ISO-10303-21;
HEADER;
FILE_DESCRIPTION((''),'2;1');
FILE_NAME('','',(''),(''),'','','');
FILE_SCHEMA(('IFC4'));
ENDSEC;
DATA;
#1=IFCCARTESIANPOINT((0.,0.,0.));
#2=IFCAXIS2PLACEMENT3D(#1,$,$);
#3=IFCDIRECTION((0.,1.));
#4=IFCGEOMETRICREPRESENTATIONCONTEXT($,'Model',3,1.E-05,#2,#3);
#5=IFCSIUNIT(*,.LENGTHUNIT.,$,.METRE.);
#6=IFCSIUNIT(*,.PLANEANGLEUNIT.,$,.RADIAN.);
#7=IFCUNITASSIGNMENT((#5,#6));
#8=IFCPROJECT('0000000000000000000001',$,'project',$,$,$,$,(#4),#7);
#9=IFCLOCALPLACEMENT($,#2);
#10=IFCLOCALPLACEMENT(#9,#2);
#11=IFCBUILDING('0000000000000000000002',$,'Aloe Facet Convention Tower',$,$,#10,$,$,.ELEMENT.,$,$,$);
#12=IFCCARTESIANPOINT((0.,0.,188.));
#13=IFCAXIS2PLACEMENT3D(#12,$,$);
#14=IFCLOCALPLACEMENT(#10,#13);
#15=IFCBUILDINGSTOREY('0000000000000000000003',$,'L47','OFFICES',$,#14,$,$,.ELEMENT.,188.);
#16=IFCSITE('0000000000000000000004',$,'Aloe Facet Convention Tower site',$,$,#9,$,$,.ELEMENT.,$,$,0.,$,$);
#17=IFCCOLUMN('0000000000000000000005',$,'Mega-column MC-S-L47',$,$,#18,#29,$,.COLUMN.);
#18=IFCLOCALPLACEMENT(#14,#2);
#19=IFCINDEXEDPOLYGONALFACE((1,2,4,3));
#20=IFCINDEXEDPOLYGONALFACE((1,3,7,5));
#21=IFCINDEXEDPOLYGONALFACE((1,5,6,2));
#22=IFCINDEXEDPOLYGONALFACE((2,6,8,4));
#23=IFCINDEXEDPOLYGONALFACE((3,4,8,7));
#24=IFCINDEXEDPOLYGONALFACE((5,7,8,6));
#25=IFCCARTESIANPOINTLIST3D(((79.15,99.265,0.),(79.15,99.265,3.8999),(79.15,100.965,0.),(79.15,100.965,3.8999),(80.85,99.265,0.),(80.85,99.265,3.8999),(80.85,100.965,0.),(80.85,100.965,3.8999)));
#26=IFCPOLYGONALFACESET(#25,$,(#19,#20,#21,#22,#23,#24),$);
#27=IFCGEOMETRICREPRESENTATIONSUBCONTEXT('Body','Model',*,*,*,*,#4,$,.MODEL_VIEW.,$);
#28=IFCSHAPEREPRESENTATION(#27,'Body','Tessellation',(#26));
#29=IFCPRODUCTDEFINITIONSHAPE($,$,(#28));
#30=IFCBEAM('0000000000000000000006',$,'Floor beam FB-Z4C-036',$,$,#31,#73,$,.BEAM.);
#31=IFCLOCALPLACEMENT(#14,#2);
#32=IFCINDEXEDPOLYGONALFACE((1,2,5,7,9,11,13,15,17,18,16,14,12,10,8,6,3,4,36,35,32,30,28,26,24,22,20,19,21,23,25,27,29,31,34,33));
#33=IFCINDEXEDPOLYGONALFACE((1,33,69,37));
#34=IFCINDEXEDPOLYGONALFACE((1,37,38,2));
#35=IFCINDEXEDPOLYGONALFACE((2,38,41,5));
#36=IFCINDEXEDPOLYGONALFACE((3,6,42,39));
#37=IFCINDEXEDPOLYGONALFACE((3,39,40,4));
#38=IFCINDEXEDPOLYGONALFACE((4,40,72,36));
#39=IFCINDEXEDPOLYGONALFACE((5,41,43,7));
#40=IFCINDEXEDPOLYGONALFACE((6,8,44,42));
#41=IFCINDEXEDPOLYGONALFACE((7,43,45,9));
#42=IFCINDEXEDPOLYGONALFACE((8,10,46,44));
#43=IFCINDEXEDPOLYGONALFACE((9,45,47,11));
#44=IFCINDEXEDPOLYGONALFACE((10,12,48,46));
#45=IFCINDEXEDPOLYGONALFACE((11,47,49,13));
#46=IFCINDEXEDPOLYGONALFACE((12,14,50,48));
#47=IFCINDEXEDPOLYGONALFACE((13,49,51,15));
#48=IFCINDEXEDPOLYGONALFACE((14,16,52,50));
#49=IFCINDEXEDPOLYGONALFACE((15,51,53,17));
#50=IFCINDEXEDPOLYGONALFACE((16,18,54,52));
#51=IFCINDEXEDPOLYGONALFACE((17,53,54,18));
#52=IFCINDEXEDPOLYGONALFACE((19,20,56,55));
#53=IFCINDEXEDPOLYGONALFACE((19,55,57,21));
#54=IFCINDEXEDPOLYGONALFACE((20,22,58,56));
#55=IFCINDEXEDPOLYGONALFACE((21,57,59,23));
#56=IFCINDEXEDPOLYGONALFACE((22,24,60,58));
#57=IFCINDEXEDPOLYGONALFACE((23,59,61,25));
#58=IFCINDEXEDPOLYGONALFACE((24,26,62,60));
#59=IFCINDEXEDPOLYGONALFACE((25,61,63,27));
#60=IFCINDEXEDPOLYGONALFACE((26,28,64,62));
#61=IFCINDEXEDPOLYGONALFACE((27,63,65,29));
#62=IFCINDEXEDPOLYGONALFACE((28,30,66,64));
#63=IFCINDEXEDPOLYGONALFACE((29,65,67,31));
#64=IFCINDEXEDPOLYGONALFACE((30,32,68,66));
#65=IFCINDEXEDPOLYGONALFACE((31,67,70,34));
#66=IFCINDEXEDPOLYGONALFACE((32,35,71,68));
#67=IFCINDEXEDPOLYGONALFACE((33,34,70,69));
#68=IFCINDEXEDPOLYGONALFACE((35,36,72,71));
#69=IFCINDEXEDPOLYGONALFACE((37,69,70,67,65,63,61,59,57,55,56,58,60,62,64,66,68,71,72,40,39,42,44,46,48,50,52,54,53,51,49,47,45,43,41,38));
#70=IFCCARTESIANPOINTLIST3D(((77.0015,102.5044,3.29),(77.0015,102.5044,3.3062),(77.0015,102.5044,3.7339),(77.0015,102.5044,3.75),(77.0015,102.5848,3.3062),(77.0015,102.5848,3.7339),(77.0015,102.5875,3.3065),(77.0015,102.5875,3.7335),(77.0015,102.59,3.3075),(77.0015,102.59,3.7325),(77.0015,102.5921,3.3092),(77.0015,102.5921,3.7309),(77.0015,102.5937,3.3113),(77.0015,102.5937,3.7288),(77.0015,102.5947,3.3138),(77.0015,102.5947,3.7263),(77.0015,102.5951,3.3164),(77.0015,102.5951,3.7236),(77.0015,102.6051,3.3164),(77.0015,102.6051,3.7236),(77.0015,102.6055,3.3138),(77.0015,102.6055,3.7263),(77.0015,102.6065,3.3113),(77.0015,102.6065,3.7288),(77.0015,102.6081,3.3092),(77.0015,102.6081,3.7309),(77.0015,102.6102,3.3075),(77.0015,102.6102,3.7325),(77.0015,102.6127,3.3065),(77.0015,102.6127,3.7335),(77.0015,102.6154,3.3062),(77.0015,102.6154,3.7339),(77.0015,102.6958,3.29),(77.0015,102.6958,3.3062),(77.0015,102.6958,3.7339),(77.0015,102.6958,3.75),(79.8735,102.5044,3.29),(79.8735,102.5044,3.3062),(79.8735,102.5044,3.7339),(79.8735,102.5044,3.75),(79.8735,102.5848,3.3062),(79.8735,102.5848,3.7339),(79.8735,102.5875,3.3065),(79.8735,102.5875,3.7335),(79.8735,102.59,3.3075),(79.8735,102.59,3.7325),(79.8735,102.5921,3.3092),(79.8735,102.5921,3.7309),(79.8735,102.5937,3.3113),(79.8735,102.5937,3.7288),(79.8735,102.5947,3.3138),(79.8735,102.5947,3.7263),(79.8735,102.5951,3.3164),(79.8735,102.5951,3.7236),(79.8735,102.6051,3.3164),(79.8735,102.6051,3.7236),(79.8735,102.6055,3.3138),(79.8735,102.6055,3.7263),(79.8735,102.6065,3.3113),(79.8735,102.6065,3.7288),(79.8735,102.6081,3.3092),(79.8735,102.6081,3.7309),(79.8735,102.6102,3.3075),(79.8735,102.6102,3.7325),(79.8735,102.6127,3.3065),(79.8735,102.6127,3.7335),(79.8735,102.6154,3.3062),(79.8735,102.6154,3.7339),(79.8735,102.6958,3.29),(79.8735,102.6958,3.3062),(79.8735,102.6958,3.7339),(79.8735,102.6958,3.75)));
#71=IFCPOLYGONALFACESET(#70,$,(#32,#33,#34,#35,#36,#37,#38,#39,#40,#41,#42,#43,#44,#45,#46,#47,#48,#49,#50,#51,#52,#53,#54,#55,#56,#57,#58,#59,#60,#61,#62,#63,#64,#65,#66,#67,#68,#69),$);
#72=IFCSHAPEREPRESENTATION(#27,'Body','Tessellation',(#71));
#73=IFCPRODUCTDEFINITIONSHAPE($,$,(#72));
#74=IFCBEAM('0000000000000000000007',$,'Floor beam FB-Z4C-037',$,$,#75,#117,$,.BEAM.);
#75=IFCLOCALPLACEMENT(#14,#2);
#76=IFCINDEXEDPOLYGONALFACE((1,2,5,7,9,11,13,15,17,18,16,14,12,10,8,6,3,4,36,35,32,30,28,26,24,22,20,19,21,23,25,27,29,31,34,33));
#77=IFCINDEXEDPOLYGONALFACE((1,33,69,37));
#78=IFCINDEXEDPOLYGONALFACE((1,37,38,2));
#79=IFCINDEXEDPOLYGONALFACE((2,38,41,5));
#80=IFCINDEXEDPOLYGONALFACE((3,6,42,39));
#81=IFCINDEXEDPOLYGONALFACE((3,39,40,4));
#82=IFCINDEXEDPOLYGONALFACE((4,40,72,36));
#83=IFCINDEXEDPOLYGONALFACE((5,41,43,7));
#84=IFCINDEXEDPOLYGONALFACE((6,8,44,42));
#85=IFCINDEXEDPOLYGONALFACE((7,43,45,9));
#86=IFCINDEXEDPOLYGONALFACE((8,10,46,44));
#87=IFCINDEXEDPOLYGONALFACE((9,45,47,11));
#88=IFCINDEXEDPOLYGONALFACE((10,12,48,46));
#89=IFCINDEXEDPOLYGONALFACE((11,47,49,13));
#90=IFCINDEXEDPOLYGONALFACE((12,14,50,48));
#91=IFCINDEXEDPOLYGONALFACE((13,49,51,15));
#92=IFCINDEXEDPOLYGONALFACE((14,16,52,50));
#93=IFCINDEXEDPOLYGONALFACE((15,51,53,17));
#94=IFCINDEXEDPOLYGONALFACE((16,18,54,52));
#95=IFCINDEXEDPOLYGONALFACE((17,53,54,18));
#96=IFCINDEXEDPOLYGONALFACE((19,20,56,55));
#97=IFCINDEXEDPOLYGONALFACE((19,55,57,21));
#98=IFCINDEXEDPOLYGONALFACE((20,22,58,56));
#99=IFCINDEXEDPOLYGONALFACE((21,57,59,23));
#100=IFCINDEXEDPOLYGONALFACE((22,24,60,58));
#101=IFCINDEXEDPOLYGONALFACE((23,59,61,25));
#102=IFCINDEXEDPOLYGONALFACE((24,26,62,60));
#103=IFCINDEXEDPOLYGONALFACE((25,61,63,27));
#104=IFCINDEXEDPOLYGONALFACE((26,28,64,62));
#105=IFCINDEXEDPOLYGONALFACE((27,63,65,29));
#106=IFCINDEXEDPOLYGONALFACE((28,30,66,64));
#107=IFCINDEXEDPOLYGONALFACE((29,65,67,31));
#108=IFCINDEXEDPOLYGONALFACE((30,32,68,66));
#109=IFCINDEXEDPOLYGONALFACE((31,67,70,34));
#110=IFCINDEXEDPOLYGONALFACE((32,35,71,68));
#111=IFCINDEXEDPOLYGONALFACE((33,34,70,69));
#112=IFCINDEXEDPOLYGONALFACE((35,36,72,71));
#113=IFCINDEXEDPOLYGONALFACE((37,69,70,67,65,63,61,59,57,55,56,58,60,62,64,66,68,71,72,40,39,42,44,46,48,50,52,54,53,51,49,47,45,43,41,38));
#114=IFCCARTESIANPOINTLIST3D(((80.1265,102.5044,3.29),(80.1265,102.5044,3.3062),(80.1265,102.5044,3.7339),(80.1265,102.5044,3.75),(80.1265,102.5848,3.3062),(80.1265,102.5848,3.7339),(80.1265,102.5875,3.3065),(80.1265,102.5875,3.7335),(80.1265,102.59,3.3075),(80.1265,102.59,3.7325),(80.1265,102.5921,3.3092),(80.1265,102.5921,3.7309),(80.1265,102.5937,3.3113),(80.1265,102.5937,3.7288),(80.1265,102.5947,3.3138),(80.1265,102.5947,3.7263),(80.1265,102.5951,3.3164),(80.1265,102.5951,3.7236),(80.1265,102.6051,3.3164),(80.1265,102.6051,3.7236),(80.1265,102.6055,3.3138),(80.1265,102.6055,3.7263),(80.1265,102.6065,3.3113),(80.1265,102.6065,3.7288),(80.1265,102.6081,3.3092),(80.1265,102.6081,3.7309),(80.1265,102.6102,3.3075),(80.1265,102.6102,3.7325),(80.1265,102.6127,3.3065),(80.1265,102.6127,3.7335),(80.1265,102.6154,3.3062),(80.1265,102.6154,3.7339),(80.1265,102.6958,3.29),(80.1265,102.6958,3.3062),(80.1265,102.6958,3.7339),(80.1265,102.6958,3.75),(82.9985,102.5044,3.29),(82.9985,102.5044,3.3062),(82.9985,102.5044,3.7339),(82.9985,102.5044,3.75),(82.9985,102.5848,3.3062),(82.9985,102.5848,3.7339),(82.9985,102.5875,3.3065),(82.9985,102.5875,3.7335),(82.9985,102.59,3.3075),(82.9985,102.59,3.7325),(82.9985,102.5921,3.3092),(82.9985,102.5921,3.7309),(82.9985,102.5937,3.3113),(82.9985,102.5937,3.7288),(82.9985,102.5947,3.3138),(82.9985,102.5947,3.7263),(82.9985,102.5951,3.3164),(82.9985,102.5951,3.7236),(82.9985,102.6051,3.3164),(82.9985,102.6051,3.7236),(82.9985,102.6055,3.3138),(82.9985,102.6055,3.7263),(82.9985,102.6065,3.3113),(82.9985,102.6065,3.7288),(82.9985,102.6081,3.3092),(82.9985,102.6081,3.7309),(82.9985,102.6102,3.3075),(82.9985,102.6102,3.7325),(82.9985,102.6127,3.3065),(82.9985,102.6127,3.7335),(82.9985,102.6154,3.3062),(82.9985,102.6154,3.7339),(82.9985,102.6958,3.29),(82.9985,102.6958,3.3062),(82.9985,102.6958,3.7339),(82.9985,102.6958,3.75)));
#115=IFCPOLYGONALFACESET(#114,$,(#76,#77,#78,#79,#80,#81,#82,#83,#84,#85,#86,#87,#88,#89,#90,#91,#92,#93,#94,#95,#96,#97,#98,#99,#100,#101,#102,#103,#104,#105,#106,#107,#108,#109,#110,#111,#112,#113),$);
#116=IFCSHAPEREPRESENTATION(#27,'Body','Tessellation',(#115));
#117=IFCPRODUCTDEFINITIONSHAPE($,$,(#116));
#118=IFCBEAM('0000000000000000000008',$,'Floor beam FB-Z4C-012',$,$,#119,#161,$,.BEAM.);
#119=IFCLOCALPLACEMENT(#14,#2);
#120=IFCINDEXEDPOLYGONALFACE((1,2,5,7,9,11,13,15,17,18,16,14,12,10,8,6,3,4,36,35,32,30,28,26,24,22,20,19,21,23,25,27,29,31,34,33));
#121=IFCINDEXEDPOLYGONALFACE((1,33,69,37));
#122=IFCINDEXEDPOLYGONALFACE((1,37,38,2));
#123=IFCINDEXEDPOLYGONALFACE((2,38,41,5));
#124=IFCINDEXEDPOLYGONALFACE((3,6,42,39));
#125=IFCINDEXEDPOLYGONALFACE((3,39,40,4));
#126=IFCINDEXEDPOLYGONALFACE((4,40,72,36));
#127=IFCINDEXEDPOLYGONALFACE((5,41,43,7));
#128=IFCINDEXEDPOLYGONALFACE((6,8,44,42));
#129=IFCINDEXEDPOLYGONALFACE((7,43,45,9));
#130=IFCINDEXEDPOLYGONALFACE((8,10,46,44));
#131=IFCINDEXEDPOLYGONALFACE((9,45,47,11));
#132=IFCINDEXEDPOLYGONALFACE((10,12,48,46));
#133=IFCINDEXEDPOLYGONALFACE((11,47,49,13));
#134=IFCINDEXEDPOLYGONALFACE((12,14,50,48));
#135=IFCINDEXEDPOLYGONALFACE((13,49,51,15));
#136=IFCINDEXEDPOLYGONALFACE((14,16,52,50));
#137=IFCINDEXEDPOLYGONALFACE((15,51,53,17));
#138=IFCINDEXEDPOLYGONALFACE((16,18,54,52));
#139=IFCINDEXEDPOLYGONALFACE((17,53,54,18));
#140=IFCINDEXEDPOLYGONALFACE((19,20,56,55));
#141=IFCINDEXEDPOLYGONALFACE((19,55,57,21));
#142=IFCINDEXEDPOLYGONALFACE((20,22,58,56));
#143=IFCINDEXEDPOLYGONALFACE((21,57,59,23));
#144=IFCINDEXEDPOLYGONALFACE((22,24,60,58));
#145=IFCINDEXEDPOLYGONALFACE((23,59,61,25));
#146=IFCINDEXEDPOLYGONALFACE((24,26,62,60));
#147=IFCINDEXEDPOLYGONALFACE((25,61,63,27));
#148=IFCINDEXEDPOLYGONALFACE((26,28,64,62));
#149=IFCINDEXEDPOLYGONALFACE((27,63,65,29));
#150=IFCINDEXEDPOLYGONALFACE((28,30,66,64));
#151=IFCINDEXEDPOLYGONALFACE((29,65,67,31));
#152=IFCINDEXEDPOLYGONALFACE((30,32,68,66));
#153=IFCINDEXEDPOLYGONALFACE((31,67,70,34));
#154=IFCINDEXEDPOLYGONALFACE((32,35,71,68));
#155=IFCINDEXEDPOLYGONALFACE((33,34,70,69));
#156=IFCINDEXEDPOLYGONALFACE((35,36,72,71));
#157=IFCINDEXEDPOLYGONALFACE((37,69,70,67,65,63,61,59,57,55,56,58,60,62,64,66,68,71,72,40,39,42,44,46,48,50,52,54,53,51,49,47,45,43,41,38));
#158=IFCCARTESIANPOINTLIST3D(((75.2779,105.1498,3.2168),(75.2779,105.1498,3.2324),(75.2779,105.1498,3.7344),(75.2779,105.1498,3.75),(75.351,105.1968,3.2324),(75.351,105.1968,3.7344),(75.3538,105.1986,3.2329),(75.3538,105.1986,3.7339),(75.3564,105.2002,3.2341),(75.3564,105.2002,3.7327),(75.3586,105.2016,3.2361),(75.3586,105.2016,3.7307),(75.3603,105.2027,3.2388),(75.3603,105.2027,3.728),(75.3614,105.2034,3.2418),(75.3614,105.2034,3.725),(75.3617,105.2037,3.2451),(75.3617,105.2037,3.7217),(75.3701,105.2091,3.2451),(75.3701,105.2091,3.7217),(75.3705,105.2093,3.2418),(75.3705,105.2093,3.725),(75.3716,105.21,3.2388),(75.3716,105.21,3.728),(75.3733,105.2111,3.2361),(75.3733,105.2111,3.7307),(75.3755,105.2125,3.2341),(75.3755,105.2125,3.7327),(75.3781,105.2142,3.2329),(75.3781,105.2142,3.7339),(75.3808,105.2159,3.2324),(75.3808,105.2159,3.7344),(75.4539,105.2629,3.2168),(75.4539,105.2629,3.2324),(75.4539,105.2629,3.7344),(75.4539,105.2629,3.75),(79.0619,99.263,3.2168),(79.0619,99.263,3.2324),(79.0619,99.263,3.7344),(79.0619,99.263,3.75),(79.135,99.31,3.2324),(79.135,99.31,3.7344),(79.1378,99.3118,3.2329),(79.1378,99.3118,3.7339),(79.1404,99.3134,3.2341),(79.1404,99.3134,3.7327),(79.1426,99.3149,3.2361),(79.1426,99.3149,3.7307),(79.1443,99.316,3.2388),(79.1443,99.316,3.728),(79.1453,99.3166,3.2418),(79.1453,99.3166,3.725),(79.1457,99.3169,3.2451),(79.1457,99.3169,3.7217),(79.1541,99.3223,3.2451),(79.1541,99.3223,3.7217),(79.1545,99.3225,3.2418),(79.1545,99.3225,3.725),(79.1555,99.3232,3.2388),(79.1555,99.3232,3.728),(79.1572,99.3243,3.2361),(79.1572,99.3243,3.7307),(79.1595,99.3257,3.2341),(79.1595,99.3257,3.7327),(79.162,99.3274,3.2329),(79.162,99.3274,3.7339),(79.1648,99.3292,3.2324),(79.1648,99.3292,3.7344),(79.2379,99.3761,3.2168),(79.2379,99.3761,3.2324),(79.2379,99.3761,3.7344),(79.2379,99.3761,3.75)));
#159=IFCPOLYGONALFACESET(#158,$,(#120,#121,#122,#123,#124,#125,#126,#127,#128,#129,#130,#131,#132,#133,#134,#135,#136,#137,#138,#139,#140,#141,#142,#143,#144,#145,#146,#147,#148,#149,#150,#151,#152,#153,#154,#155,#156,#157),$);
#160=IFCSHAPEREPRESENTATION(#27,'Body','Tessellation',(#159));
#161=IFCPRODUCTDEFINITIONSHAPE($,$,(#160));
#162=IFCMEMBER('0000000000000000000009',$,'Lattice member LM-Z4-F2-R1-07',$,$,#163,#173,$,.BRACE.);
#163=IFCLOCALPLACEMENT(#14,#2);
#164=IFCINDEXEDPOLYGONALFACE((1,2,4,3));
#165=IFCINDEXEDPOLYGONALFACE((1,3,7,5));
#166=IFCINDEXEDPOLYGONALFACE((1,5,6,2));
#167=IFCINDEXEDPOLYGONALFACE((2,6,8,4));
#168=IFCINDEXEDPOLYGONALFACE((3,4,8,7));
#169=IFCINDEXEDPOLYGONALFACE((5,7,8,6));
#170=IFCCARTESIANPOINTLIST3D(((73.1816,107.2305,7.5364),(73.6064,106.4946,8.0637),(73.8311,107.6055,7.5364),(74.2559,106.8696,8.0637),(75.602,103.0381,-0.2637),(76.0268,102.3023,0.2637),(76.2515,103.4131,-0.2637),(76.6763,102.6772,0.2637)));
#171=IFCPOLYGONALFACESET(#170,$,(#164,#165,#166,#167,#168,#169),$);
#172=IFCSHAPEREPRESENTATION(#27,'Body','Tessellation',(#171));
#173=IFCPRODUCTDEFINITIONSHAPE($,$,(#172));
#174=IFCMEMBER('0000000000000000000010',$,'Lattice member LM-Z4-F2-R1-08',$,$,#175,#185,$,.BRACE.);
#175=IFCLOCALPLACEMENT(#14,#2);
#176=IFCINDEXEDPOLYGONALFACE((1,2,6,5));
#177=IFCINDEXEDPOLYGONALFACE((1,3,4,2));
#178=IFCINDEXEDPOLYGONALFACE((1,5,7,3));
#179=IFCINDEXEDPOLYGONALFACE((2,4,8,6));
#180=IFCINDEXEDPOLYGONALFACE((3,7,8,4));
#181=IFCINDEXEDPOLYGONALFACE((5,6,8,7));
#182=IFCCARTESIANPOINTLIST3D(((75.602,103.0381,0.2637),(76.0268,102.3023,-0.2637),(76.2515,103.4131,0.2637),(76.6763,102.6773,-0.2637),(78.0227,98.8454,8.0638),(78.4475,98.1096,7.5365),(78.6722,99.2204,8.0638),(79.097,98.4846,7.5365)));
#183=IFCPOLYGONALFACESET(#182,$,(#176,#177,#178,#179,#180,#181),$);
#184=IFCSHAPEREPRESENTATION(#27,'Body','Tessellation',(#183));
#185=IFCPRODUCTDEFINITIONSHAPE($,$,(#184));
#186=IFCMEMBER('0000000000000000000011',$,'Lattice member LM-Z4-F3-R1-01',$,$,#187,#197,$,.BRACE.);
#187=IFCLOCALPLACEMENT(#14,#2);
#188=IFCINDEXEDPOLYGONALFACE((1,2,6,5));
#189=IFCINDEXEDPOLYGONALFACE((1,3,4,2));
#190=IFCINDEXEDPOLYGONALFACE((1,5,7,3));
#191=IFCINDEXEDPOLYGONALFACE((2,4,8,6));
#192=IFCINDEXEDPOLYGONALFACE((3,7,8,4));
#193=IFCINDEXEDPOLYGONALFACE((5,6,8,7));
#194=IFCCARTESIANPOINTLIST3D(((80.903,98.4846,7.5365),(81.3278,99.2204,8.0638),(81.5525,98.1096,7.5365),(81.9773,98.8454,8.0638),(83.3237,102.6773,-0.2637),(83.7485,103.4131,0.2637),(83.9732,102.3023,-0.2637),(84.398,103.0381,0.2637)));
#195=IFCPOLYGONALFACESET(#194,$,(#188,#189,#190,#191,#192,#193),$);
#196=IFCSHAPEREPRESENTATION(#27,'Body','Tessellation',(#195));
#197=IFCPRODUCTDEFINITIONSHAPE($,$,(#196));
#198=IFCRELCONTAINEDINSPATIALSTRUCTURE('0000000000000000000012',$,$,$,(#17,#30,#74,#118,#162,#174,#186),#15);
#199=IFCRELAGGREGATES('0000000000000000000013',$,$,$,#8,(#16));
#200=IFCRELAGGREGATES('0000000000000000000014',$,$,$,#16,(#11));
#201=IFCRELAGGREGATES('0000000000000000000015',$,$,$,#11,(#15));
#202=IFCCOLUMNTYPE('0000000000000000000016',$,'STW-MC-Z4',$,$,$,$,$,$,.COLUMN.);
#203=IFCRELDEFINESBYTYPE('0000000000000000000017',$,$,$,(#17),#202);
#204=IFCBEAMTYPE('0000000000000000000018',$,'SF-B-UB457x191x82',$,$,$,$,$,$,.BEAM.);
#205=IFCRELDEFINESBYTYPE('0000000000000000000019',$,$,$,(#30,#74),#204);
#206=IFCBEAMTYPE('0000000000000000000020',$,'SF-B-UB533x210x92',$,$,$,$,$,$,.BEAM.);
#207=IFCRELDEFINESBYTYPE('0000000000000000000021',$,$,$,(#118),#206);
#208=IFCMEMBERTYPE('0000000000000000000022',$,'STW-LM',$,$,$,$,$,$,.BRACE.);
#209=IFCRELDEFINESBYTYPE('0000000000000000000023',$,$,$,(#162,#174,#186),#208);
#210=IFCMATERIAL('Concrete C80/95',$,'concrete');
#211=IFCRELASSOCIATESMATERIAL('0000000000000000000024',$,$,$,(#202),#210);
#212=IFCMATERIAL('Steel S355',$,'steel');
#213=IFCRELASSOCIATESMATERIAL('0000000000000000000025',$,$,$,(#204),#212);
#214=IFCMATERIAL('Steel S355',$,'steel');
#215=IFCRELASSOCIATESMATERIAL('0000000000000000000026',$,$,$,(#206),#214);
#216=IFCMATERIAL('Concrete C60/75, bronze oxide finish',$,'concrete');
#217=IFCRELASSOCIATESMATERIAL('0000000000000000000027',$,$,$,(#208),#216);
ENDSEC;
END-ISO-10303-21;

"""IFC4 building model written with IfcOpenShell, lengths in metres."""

from ifc_helpers import new_model, si_unit, direction, frame, origin, origin_2d, place, context, subcontext, project, spatial, rectangle, i_section, extrude, material, material_profile, profile_set, type_object, element, save


model = new_model("IFC4")

# Units and contexts
model_context = context("Model", 3, precision=1e-05, world=origin(), true_north=direction((0.0, 1.0)))
body_context = subcontext(model_context, "Body", "Model", "MODEL_VIEW")
ifc_project = project(units=[si_unit("LENGTHUNIT", "METRE"), si_unit("PLANEANGLEUNIT", "RADIAN")], contexts=[model_context])

# Site, building, storey
site_placement = place(None, origin())
site = spatial("IfcSite", under=ifc_project, at=site_placement, Name="Aloe Facet Convention Tower site", CompositionType="ELEMENT", RefElevation=0.0)
building_placement = place(site_placement, origin())
building = spatial("IfcBuilding", under=site, at=building_placement, Name="Aloe Facet Convention Tower", CompositionType="ELEMENT")
storey_placement = place(building_placement, frame((0.0, 0.0, 188.0)))
storey = spatial("IfcBuildingStorey", under=building, at=storey_placement, Name="L47", Description="OFFICES", CompositionType="ELEMENT", Elevation=188.0)

# Column
ifc_material_1 = material(Name="Concrete C80/95", Category="concrete")
ifc_material_profile_1 = material_profile(ifc_material_1, rectangle(XDim=1.7, YDim=1.7, at=origin_2d()), Name="STW-MC-Z4")
ifc_profile_set_1 = profile_set([ifc_material_profile_1], Name="Concrete C80/95")
column_type = type_object("IfcColumnType", Name="STW-MC-Z4", PredefinedType="COLUMN", material=ifc_profile_set_1)
column_placement = place(storey_placement, frame((80.0, 100.115, 0.0), z_axis=(0.0, 0.0, 1.0), x_axis=(1.0, 0.0, 0.0)))
element("IfcColumn", 1, at=column_placement, inside=storey, type_object=column_type, Name="Mega-column MC-S-L47", PredefinedType="COLUMN", context=body_context, shape_type="SweptSolid", body=[
    extrude(rectangle(XDim=1.7, YDim=1.7, at=origin_2d()), origin(), (0.0, 0.0, 1.0), 3.8999),
])

# Beams
ifc_material_2 = material(Name="Steel S355", Category="steel")
ifc_material_profile_2 = material_profile(ifc_material_2, i_section(OverallWidth=0.1914, OverallDepth=0.46, WebThickness=0.01, FlangeThickness=0.0161, FilletRadius=0.0103, at=origin_2d()), Name="UB 457x191x82")
ifc_profile_set_2 = profile_set([ifc_material_profile_2], Name="Steel S355")
beam_type_1 = type_object("IfcBeamType", Name="SF-B-UB457x191x82", PredefinedType="BEAM", material=ifc_profile_set_2)
for number, where, z_axis, x_axis, name in (
    (2, (77.0015, 102.6001, 3.52), (1.0, 0.0, 0.0), (0.0, 1.0, 0.0), "Floor beam FB-Z4C-036"),
    (3, (80.1265, 102.6001, 3.52), (1.0, 0.0, 0.0), (0.0, 1.0, 0.0), "Floor beam FB-Z4C-037"),
):
    element("IfcBeam", number, at=place(storey_placement, frame(where, z_axis=z_axis, x_axis=x_axis)), inside=storey, type_object=beam_type_1, Name=name, PredefinedType="BEAM", context=body_context, shape_type="SweptSolid", body=[
        extrude(i_section(OverallWidth=0.1914, OverallDepth=0.46, WebThickness=0.01, FlangeThickness=0.0161, FilletRadius=0.0103, at=origin_2d()), origin(), (0.0, 0.0, 1.0), 2.8721),
    ])
ifc_material_3 = material(Name="Steel S355", Category="steel")
ifc_material_profile_3 = material_profile(ifc_material_3, i_section(OverallWidth=0.2092, OverallDepth=0.5332, WebThickness=0.01, FlangeThickness=0.0156, FilletRadius=0.0127, at=origin_2d()), Name="UB 533x210x92")
ifc_profile_set_3 = profile_set([ifc_material_profile_3], Name="Steel S355")
beam_type_2 = type_object("IfcBeamType", Name="SF-B-UB533x210x92", PredefinedType="BEAM", material=ifc_profile_set_3)
beam_placement = place(storey_placement, frame((79.1499, 99.3196, 3.4834), z_axis=(-0.540719, 0.841203, 0.0), x_axis=(-0.841203, -0.540719, 0.0)))
element("IfcBeam", 4, at=beam_placement, inside=storey, type_object=beam_type_2, Name="Floor beam FB-Z4C-012", PredefinedType="BEAM", context=body_context, shape_type="SweptSolid", body=[
    extrude(i_section(OverallWidth=0.2092, OverallDepth=0.5332, WebThickness=0.01, FlangeThickness=0.0156, FilletRadius=0.0127, at=origin_2d()), origin(), (0.0, 0.0, 1.0), 6.998),
])

# Members
ifc_material_4 = material(Name="Concrete C60/75, bronze oxide finish", Category="concrete")
ifc_material_profile_4 = material_profile(ifc_material_4, rectangle(XDim=0.75, YDim=1.0, at=origin_2d()), Name="STW-LM")
ifc_profile_set_4 = profile_set([ifc_material_profile_4], Name="Concrete C60/75, bronze oxide finish")
member_type = type_object("IfcMemberType", Name="STW-LM", PredefinedType="BRACE", material=ifc_profile_set_4)
member_1_placement = place(storey_placement, frame((76.1392, 102.8577, 0.0), z_axis=(-0.263657, 0.456679, 0.849664), x_axis=(-0.866031, -0.49999, 0.0)))
element("IfcMember", 5, at=member_1_placement, inside=storey, type_object=member_type, Name="Lattice member LM-Z4-F2-R1-07", PredefinedType="BRACE", context=body_context, shape_type="SweptSolid", body=[
    extrude(rectangle(XDim=0.75, YDim=1.0, at=origin_2d()), origin(), (0.0, 0.0, 1.0), 9.1802),
])
for number, where, z_axis, x_axis, name in (
    (6, (76.1392, 102.8577, 0.0), (0.263678, -0.456697, 0.849648), (0.866022, 0.500006, 0.0), "Lattice member LM-Z4-F2-R1-08"),
    (7, (83.8608, 102.8577, 0.0), (-0.263678, -0.456697, 0.849648), (0.866022, -0.500006, 0.0), "Lattice member LM-Z4-F3-R1-01"),
):
    element("IfcMember", number, at=place(storey_placement, frame(where, z_axis=z_axis, x_axis=x_axis)), inside=storey, type_object=member_type, Name=name, PredefinedType="BRACE", context=body_context, shape_type="SweptSolid", body=[
        extrude(rectangle(XDim=0.75, YDim=1.0, at=origin_2d()), origin(), (0.0, 0.0, 1.0), 9.1804),
    ])

save(model, "model.ifc")
